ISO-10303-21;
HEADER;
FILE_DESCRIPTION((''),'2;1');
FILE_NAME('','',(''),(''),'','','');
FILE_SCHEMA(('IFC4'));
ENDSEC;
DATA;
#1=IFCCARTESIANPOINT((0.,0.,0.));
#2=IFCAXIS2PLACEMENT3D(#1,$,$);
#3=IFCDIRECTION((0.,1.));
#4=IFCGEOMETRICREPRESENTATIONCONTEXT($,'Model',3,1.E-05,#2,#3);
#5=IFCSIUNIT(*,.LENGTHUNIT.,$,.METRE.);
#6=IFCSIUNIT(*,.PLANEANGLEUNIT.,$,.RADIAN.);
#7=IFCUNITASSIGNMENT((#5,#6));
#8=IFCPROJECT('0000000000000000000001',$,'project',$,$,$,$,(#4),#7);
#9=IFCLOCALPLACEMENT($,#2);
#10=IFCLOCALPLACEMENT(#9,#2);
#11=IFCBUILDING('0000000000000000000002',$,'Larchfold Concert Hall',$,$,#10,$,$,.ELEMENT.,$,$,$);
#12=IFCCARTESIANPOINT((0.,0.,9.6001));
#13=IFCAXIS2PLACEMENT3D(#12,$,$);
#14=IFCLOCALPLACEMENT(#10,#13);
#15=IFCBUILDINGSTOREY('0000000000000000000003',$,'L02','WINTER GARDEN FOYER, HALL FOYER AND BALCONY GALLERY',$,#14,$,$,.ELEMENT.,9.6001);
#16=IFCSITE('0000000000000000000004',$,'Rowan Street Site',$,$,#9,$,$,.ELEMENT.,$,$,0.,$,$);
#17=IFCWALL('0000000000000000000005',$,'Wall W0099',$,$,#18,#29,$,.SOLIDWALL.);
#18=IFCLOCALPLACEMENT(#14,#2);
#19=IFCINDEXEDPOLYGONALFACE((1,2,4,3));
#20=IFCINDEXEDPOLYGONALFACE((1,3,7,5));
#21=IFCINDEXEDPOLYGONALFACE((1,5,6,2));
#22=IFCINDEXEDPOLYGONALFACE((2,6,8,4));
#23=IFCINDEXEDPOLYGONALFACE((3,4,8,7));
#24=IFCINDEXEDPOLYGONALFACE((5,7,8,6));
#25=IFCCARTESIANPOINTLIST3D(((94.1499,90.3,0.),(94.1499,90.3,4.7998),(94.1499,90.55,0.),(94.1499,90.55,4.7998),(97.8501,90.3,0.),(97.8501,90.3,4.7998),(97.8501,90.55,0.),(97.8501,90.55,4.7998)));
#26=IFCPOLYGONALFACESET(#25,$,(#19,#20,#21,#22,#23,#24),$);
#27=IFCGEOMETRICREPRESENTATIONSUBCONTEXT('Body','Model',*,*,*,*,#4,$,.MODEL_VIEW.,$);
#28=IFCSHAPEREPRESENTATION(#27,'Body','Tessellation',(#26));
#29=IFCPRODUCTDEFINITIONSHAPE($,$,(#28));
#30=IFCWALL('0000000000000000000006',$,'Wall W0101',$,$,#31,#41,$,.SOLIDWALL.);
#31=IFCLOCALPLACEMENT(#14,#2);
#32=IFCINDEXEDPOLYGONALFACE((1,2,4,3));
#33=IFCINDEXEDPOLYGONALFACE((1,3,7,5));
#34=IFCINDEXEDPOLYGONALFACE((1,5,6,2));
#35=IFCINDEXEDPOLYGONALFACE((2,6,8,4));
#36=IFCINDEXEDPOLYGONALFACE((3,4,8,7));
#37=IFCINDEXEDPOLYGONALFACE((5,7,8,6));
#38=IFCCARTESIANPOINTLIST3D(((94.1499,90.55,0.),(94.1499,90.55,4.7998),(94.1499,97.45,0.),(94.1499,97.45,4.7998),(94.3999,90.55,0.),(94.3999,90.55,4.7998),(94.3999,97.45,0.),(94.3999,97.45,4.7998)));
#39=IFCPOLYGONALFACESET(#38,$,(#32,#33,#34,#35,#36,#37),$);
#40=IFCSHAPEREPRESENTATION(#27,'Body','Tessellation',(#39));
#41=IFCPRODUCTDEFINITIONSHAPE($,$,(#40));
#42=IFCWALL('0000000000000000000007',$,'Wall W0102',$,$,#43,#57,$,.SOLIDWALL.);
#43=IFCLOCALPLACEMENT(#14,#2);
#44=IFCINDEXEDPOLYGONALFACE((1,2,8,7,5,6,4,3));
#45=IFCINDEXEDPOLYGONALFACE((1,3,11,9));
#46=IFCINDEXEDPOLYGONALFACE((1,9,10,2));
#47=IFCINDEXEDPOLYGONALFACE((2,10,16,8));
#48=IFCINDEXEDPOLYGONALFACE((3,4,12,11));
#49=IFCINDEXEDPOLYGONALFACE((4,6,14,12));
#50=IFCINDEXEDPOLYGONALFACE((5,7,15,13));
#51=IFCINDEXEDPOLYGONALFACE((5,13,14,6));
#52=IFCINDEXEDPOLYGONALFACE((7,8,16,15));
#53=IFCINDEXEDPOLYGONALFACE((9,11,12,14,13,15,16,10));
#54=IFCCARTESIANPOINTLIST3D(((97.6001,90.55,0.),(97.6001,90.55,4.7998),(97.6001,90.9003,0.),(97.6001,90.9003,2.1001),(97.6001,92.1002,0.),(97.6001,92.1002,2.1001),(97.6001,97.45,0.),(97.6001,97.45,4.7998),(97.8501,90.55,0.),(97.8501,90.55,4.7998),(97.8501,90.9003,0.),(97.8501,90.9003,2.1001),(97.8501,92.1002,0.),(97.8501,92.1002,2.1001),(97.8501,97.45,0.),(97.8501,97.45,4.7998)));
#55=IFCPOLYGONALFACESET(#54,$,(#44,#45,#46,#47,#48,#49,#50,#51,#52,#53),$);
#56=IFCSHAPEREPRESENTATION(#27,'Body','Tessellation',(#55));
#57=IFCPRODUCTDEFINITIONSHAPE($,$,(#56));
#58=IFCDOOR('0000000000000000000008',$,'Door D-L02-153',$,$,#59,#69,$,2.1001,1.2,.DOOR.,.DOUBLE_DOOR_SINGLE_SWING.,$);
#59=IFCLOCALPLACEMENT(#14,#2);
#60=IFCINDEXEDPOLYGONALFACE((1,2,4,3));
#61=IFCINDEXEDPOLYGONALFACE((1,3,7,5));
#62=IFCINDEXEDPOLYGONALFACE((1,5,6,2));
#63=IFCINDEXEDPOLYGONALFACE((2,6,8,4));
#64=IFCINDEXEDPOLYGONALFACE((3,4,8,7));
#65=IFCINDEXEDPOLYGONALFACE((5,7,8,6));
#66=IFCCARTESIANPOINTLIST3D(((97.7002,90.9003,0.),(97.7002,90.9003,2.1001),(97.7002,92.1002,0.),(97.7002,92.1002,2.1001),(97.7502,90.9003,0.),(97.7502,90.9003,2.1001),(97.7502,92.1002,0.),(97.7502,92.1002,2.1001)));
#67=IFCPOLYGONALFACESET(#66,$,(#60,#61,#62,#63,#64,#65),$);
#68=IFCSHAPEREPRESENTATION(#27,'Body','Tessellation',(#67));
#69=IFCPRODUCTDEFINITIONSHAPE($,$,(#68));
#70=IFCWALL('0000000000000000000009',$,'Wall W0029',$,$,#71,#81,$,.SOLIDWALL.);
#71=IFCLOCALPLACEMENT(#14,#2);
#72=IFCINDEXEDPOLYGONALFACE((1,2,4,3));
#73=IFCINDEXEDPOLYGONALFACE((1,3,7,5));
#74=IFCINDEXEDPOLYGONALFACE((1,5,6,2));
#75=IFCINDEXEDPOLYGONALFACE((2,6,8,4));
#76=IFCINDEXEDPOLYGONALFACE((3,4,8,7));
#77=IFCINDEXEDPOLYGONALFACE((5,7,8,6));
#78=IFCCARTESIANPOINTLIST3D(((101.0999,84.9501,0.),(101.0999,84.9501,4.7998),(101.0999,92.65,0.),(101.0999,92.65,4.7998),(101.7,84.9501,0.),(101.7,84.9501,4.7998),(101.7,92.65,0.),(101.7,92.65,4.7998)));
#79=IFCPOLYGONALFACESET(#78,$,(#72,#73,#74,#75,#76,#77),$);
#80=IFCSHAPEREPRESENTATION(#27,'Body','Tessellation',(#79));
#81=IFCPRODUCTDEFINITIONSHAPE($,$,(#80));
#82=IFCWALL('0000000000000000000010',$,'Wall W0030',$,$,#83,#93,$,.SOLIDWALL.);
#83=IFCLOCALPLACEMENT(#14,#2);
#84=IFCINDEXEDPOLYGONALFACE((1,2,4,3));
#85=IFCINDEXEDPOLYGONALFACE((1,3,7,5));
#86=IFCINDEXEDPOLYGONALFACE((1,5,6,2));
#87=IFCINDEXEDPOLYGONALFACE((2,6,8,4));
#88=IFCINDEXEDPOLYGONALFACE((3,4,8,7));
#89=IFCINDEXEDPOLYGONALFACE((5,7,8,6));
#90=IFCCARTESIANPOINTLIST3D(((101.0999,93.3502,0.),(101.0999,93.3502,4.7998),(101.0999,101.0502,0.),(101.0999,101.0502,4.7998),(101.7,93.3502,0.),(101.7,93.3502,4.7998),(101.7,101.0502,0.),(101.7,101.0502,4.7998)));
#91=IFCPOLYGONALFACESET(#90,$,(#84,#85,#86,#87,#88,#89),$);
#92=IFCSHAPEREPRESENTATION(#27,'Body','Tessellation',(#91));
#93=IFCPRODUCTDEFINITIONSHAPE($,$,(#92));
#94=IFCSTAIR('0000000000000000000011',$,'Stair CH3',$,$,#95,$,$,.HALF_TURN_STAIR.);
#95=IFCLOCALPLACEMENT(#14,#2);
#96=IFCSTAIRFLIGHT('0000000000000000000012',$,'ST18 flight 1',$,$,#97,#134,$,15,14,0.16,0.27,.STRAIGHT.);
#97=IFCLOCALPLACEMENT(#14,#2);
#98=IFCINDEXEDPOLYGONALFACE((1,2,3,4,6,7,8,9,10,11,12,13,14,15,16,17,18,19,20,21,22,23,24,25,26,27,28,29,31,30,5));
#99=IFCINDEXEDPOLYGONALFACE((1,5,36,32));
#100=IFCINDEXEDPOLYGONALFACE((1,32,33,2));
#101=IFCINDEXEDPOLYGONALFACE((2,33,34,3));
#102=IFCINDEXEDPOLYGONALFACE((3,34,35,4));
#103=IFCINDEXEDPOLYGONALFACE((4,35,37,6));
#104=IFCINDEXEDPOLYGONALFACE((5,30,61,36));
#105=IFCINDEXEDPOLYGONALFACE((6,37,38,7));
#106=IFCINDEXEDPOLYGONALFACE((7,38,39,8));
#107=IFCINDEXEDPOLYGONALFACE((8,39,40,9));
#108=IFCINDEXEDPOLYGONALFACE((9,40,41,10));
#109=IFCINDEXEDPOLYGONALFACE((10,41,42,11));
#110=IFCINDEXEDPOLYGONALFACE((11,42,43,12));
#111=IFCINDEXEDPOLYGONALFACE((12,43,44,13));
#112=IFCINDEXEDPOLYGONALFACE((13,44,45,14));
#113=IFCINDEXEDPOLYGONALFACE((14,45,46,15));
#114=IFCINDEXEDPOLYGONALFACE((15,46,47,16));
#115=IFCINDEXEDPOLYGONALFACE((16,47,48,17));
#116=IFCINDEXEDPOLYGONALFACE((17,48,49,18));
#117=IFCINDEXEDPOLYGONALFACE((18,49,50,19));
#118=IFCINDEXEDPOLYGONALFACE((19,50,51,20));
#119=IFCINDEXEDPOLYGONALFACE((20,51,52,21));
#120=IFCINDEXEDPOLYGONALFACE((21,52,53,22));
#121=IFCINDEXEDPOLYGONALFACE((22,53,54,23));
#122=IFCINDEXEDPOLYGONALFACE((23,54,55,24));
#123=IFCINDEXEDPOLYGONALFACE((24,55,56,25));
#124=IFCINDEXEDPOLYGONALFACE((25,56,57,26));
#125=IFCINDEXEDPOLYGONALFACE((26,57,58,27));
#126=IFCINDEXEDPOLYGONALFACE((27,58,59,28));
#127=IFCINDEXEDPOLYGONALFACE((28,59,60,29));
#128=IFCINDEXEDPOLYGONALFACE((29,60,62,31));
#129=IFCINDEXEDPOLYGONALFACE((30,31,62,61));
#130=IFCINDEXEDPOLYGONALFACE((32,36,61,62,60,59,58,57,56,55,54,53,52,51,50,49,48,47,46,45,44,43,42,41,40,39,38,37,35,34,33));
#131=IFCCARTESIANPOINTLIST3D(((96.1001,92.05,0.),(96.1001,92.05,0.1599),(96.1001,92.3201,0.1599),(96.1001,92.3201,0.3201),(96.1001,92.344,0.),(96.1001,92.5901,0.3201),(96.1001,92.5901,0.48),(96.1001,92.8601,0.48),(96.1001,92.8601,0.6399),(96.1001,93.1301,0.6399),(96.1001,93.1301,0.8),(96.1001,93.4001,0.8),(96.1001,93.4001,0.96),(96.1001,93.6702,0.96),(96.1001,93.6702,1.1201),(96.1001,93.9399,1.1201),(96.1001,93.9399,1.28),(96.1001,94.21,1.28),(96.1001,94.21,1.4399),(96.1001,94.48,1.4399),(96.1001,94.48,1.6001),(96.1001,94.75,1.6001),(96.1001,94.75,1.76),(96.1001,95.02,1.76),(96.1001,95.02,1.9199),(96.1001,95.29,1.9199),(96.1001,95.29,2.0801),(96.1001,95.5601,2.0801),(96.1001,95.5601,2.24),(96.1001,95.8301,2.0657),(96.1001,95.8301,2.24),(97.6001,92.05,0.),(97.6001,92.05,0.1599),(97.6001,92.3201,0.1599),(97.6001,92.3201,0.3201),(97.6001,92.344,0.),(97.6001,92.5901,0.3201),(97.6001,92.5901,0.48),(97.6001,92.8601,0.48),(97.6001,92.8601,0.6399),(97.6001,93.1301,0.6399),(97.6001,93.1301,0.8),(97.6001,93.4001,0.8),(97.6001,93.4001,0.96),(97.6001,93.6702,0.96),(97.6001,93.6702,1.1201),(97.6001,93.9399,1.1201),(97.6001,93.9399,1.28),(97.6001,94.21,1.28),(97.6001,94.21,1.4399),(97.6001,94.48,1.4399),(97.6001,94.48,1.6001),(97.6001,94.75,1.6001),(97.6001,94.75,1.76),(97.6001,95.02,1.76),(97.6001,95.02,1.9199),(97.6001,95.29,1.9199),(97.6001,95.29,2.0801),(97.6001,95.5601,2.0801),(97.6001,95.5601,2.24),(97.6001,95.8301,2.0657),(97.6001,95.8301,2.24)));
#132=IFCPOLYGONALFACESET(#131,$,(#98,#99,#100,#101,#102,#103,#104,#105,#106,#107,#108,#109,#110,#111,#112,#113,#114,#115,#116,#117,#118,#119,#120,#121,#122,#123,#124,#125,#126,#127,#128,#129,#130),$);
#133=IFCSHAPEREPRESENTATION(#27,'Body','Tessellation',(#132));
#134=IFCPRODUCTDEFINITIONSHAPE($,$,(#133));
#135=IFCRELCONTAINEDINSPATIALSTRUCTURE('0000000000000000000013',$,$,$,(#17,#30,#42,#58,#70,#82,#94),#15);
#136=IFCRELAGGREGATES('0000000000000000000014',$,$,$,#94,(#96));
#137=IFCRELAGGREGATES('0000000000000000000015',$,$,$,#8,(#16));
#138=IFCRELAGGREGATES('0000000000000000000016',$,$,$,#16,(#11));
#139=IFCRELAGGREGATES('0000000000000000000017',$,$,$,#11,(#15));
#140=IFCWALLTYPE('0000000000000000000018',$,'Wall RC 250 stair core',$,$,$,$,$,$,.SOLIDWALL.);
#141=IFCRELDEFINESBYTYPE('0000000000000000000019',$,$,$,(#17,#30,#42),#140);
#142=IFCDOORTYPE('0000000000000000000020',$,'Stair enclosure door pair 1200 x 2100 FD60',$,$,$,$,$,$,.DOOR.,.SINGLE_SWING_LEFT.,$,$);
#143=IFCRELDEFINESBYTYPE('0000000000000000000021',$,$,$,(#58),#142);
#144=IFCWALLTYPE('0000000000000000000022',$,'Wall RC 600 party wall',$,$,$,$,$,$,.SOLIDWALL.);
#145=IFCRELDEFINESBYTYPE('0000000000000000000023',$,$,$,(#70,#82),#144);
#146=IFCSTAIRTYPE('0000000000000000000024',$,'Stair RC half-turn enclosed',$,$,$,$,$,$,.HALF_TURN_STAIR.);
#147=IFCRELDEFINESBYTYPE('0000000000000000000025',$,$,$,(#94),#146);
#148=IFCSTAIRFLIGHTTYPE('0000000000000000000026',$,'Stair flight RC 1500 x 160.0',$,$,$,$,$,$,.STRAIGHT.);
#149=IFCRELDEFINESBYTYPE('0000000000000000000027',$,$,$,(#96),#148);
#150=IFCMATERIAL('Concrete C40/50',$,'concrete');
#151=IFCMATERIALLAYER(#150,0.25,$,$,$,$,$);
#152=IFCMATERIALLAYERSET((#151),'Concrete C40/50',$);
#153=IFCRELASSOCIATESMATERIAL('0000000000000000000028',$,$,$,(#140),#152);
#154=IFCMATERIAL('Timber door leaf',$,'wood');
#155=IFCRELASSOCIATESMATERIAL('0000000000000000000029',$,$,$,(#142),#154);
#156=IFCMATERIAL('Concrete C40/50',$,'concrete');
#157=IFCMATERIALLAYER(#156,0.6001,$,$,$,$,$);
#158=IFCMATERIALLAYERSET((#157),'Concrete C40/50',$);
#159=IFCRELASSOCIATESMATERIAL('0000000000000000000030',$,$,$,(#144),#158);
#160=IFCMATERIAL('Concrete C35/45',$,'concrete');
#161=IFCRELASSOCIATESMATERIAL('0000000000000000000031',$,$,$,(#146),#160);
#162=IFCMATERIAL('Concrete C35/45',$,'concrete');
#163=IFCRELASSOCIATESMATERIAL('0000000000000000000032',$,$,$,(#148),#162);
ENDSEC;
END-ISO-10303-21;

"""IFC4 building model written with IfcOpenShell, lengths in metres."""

from ifc_helpers import new_model, si_unit, direction, frame, frame_2d, origin, place, context, subcontext, project, spatial, polyline, rectangle, outline, extrude, material, layer, layer_set, type_object, element, fill, aggregate, save


model = new_model("IFC4")

# Units and contexts
model_context = context("Model", 3, precision=1e-05, world=origin(), true_north=direction((0.0, 1.0)))
body_context = subcontext(model_context, "Body", "Model", "MODEL_VIEW")
ifc_project = project(units=[si_unit("LENGTHUNIT", "METRE"), si_unit("PLANEANGLEUNIT", "RADIAN")], contexts=[model_context])

# Site, building, storey
site_placement = place(None, origin())
site = spatial("IfcSite", under=ifc_project, at=site_placement, Name="Rowan Street Site", CompositionType="ELEMENT", RefElevation=0.0)
building_placement = place(site_placement, origin())
building = spatial("IfcBuilding", under=site, at=building_placement, Name="Larchfold Concert Hall", CompositionType="ELEMENT")
storey_placement = place(building_placement, frame((0.0, 0.0, 9.6001)))
storey = spatial("IfcBuildingStorey", under=building, at=storey_placement, Name="L02", Description="WINTER GARDEN FOYER, HALL FOYER AND BALCONY GALLERY", CompositionType="ELEMENT", Elevation=9.6001)

# Walls
ifc_material_1 = material(Name="Concrete C40/50", Category="concrete")
ifc_layer_1 = layer(ifc_material_1, 0.25)
ifc_layer_set_1 = layer_set([ifc_layer_1], Name="Concrete C40/50")
wall_type_1 = type_object("IfcWallType", Name="Wall RC 250 stair core", PredefinedType="SOLIDWALL", material=ifc_layer_set_1)
wall_1_placement = place(storey_placement, frame((94.1499, 90.425, 0.0), z_axis=(0.0, 0.0, 1.0), x_axis=(1.0, 0.0, 0.0)))
element("IfcWall", 1, at=wall_1_placement, inside=storey, type_object=wall_type_1, Name="Wall W0099", PredefinedType="SOLIDWALL", context=body_context, shape_type="SweptSolid", body=[
    extrude(rectangle(XDim=3.7002, YDim=0.25, at=frame_2d((1.8501, 0.0))), origin(), (0.0, 0.0, 1.0), 4.7998),
])
wall_2_placement = place(storey_placement, frame((94.2749, 90.55, 0.0), z_axis=(0.0, 0.0, 1.0), x_axis=(0.0, 1.0, 0.0)))
element("IfcWall", 2, at=wall_2_placement, inside=storey, type_object=wall_type_1, Name="Wall W0101", PredefinedType="SOLIDWALL", context=body_context, shape_type="SweptSolid", body=[
    extrude(rectangle(XDim=6.8999, YDim=0.25, at=frame_2d((3.45, 0.0))), origin(), (0.0, 0.0, 1.0), 4.7998),
])

# Wall, opening, door
wall_3_placement = place(storey_placement, frame((97.7251, 90.55, 0.0), z_axis=(0.0, 0.0, 1.0), x_axis=(0.0, 1.0, 0.0)))
wall_3 = element("IfcWall", 3, at=wall_3_placement, inside=storey, type_object=wall_type_1, Name="Wall W0102", PredefinedType="SOLIDWALL", context=body_context, shape_type="SweptSolid", body=[
    extrude(rectangle(XDim=6.8999, YDim=0.25, at=frame_2d((3.45, 0.0))), origin(), (0.0, 0.0, 1.0), 4.7998),
])
opening_placement = place(wall_3_placement, frame((0.3501, 0.0, 0.0)))
opening = element("IfcOpeningElement", 4, at=opening_placement, cuts=wall_3, PredefinedType="OPENING", context=body_context, shape_type="SweptSolid", body=[
    extrude(rectangle(XDim=1.2, YDim=2.1001, at=frame_2d((0.6001, 1.05))), frame((0.0, 0.135, 0.0), z_axis=(0.0, -1.0, 0.0), x_axis=(1.0, 0.0, 0.0)), (0.0, 0.0, 1.0), 0.27),
])
ifc_material_2 = material(Name="Timber door leaf", Category="wood")
door_type = type_object("IfcDoorType", Name="Stair enclosure door pair 1200 x 2100 FD60", OperationType="SINGLE_SWING_LEFT", PredefinedType="DOOR", material=ifc_material_2)
door_placement = place(opening_placement, origin())
door = element("IfcDoor", 5, at=door_placement, inside=storey, type_object=door_type, Name="Door D-L02-153", OperationType="DOUBLE_DOOR_SINGLE_SWING", OverallHeight=2.1001, OverallWidth=1.2, PredefinedType="DOOR", context=body_context, shape_type="SweptSolid", body=[
    extrude(rectangle(XDim=1.2, YDim=2.1001, at=frame_2d((0.6001, 1.05))), frame((0.0, 0.0249, 0.0), z_axis=(0.0, -1.0, 0.0), x_axis=(1.0, 0.0, 0.0)), (0.0, 0.0, 1.0), 0.05),
])
fill(opening, door)

# Walls
ifc_material_3 = material(Name="Concrete C40/50", Category="concrete")
ifc_layer_2 = layer(ifc_material_3, 0.6001)
ifc_layer_set_2 = layer_set([ifc_layer_2], Name="Concrete C40/50")
wall_type_2 = type_object("IfcWallType", Name="Wall RC 600 party wall", PredefinedType="SOLIDWALL", material=ifc_layer_set_2)
for number, where, z_axis, x_axis, name in (
    (6, (101.3999, 84.95, 0.0), (0.0, 0.0, 1.0), (0.0, 1.0, 0.0), "Wall W0029"),
    (7, (101.3999, 93.3501, 0.0), (0.0, 0.0, 1.0), (0.0, 1.0, 0.0), "Wall W0030"),
):
    element("IfcWall", number, at=place(storey_placement, frame(where, z_axis=z_axis, x_axis=x_axis)), inside=storey, type_object=wall_type_2, Name=name, PredefinedType="SOLIDWALL", context=body_context, shape_type="SweptSolid", body=[
        extrude(rectangle(XDim=7.7, YDim=0.6001, at=frame_2d((3.8501, 0.0))), origin(), (0.0, 0.0, 1.0), 4.7998),
    ])

# Stair, stair flight
ifc_material_4 = material(Name="Concrete C35/45", Category="concrete")
stair_type = type_object("IfcStairType", Name="Stair RC half-turn enclosed", PredefinedType="HALF_TURN_STAIR", material=ifc_material_4)
stair_placement = place(storey_placement, origin())
stair = element("IfcStair", 8, at=stair_placement, inside=storey, type_object=stair_type, Name="Stair CH3", PredefinedType="HALF_TURN_STAIR")
ifc_material_5 = material(Name="Concrete C35/45", Category="concrete")
stair_flight_type = type_object("IfcStairFlightType", Name="Stair flight RC 1500 x 160.0", PredefinedType="STRAIGHT", material=ifc_material_5)
stair_flight_placement = place(storey_placement, frame((96.8501, 92.05, 0.0), z_axis=(0.0, 0.0, 1.0), x_axis=(0.0, 1.0, 0.0)))
stair_flight = element("IfcStairFlight", 9, at=stair_flight_placement, type_object=stair_flight_type, Name="ST18 flight 1", NumberOfRisers=15, NumberOfTreads=14, PredefinedType="STRAIGHT", RiserHeight=0.16, TreadLength=0.27, context=body_context, shape_type="SweptSolid", body=[
    extrude(outline(polyline([(0.0, 0.0), (0.0, 0.1599), (0.27, 0.1599), (0.27, 0.3201), (0.54, 0.3201), (0.54, 0.48), (0.8101, 0.48), (0.8101, 0.6399), (1.0801, 0.6399), (1.0801, 0.8), (1.3501, 0.8), (1.3501, 0.96), (1.6201, 0.96), (1.6201, 1.1201), (1.8899, 1.1201), (1.8899, 1.28), (2.1599, 1.28), (2.1599, 1.4399), (2.4299, 1.4399), (2.4299, 1.6001), (2.7, 1.6001), (2.7, 1.76), (2.97, 1.76), (2.97, 1.9199), (3.24, 1.9199), (3.24, 2.0801), (3.51, 2.0801), (3.51, 2.24), (3.78, 2.24), (3.78, 2.3999), (3.78, 2.0657), (0.2939, 0.0), (0.0, 0.0)])), frame((0.0, 0.75, 0.0), z_axis=(0.0, -1.0, 0.0), x_axis=(1.0, 0.0, 0.0)), (0.0, 0.0, 1.0), 1.5),
])
aggregate(stair, [stair_flight])

save(model, "model.ifc")
